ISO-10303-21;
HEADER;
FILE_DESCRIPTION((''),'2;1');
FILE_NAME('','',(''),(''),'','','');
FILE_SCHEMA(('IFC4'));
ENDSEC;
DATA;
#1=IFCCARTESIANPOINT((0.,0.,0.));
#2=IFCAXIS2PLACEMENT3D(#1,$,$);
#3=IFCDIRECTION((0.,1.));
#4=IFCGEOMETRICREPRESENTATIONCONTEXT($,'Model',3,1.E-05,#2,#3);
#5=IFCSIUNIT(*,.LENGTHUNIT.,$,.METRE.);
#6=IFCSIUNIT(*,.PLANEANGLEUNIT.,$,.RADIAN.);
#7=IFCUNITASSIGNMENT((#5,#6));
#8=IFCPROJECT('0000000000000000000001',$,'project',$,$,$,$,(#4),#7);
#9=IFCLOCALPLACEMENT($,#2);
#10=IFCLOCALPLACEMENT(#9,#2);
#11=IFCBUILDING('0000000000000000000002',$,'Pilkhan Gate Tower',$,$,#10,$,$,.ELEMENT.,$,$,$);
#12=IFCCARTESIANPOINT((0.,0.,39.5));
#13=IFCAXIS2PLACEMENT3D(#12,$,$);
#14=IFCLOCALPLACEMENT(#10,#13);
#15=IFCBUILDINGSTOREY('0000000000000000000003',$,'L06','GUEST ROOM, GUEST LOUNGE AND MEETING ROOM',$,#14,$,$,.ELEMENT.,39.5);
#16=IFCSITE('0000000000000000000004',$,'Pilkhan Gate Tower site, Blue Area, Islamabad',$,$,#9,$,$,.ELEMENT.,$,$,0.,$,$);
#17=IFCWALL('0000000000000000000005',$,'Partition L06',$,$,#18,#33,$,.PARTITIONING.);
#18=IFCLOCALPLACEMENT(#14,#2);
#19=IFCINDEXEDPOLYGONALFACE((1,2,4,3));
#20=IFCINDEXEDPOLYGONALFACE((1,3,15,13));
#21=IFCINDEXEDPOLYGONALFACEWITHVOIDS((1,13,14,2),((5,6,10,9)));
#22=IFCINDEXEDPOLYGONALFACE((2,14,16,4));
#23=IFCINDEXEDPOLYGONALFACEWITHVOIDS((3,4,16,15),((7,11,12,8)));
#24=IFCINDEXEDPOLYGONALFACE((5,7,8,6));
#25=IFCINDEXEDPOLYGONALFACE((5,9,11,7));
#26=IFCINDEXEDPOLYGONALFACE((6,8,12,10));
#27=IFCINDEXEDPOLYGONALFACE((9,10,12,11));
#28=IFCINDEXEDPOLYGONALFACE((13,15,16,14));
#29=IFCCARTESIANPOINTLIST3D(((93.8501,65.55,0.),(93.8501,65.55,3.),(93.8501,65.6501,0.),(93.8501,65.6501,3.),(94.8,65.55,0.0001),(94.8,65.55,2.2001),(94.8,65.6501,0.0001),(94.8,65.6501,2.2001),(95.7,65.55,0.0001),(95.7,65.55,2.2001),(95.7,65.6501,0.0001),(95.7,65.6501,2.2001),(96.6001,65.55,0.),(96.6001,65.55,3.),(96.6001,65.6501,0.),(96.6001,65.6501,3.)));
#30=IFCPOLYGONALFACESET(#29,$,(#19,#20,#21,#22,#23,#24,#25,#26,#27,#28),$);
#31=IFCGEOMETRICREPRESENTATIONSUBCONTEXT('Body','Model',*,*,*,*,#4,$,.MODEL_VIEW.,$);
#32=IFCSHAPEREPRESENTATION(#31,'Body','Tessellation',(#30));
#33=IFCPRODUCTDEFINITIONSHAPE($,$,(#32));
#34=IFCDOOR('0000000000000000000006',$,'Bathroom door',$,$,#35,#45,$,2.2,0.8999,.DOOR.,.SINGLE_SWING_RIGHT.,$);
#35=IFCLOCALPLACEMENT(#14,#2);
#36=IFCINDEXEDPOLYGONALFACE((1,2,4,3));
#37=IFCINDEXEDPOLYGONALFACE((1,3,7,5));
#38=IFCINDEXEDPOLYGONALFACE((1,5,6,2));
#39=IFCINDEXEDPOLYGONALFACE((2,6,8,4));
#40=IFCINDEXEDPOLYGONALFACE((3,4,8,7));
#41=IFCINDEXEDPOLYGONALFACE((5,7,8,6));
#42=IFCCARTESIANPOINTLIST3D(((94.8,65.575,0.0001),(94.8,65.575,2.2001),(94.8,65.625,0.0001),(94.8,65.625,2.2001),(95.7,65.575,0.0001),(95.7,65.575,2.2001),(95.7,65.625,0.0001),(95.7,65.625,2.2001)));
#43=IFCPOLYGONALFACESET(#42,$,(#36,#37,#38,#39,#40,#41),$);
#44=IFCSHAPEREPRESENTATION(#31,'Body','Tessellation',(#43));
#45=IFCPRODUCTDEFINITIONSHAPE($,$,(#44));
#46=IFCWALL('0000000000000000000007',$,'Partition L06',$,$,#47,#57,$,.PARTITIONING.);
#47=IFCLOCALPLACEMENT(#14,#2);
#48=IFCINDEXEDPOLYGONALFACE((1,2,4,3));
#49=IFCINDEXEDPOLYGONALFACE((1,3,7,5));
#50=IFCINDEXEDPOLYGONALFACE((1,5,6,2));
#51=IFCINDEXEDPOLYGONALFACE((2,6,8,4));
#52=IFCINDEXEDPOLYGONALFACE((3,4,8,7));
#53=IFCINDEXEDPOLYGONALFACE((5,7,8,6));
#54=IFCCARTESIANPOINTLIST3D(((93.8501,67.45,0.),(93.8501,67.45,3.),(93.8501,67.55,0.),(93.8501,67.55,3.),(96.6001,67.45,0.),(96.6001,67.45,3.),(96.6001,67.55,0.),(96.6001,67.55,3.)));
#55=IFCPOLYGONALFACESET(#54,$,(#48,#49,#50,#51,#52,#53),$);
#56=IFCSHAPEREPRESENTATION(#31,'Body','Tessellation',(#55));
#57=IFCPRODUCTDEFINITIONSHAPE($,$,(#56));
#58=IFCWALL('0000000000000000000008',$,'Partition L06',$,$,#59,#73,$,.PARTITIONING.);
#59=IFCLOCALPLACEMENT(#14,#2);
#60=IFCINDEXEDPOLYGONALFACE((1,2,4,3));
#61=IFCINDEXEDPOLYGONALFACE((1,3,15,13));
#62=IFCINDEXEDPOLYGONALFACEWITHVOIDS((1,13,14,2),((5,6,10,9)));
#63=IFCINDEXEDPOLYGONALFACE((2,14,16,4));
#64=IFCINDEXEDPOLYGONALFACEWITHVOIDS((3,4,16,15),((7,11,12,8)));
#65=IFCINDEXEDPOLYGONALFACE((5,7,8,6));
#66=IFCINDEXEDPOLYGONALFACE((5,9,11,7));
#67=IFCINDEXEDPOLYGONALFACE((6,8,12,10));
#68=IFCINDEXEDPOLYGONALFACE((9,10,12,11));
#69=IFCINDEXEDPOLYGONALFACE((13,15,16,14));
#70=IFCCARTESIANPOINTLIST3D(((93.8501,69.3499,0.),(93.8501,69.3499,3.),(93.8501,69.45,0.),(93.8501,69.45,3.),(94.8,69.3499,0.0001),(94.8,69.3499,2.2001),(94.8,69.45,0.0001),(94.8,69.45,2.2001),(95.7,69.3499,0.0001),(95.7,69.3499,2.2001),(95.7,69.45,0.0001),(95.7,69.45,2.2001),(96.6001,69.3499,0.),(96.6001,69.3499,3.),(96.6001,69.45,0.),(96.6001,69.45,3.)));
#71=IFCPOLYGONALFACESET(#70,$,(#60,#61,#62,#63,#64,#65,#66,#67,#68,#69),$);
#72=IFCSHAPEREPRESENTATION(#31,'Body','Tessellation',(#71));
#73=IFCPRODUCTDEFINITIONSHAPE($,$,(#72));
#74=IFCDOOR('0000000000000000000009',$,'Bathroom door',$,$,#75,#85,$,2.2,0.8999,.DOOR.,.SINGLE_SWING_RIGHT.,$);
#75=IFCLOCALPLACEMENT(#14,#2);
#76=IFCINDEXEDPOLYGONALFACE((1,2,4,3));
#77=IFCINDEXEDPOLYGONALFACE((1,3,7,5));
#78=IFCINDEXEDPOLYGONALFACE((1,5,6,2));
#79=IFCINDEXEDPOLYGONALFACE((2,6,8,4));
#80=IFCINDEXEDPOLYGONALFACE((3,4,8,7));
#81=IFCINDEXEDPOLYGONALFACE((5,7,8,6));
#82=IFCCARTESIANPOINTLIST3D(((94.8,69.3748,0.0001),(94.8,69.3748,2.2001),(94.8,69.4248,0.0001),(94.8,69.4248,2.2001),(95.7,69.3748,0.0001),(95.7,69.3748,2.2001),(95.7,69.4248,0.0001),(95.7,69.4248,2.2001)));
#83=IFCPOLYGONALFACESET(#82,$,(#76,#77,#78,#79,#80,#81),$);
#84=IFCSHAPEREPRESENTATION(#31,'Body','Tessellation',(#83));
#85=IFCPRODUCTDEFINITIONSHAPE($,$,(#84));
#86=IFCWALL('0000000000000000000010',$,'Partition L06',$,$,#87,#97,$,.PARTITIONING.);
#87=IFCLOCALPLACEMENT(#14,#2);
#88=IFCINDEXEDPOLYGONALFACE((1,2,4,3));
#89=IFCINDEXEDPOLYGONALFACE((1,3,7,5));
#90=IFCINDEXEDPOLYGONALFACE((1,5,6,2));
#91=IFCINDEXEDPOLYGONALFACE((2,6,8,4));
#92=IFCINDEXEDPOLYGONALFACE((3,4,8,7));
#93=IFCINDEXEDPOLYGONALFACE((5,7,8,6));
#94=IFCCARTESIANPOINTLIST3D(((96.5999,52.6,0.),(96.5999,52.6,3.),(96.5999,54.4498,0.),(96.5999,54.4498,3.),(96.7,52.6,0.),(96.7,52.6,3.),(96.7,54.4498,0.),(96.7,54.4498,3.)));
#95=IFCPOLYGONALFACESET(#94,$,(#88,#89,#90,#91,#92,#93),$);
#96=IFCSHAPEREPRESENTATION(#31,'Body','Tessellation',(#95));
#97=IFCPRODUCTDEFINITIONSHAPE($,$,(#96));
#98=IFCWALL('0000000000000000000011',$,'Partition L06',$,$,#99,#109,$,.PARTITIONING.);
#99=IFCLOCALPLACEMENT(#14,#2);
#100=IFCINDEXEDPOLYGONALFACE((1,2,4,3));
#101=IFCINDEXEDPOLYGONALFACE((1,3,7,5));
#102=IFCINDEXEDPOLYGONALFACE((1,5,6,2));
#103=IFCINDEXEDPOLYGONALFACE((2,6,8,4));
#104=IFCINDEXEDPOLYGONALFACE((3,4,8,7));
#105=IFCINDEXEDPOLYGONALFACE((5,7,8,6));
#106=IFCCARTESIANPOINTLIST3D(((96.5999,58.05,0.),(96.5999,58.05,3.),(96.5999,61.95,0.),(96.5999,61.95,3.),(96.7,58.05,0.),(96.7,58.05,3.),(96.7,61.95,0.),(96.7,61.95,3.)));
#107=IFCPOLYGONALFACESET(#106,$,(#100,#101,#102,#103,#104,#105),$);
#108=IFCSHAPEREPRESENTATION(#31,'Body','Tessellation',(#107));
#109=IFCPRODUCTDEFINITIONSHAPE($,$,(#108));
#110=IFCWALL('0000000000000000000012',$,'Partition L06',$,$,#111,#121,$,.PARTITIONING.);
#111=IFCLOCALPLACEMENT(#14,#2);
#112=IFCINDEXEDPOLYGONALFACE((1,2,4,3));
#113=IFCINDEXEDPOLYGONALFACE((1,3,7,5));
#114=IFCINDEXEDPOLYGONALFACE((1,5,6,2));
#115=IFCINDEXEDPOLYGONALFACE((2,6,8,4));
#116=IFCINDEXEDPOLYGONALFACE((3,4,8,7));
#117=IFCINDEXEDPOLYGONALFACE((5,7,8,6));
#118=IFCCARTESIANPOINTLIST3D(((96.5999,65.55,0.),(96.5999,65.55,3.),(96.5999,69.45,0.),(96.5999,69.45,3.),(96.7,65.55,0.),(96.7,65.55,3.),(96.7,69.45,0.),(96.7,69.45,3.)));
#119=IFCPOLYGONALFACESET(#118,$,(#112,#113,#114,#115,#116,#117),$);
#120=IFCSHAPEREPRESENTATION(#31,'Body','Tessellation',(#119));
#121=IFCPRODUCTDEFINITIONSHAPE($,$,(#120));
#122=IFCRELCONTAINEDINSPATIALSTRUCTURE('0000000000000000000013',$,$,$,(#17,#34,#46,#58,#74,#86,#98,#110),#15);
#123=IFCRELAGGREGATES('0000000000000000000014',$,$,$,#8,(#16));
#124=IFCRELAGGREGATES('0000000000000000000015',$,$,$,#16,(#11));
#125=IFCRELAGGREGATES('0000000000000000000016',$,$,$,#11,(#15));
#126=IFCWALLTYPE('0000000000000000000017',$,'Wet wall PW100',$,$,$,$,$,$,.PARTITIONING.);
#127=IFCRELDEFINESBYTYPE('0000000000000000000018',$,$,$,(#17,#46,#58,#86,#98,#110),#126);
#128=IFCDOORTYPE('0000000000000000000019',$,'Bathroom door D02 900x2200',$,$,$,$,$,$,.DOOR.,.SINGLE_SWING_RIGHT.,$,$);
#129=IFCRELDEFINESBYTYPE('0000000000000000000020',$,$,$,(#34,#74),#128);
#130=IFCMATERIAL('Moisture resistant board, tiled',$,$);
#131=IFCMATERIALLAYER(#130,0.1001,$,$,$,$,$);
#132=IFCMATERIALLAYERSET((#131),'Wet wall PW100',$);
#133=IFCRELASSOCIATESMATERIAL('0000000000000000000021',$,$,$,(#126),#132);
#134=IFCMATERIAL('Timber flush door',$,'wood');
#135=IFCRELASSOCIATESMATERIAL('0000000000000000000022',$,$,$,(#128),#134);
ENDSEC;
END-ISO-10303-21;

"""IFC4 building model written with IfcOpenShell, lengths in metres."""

from ifc_helpers import new_model, si_unit, direction, frame, frame_2d, origin, place, context, subcontext, project, spatial, rectangle, extrude, material, layer, layer_set, type_object, element, fill, save


model = new_model("IFC4")

# Units and contexts
model_context = context("Model", 3, precision=1e-05, world=origin(), true_north=direction((0.0, 1.0)))
body_context = subcontext(model_context, "Body", "Model", "MODEL_VIEW")
ifc_project = project(units=[si_unit("LENGTHUNIT", "METRE"), si_unit("PLANEANGLEUNIT", "RADIAN")], contexts=[model_context])

# Site, building, storey
site_placement = place(None, origin())
site = spatial("IfcSite", under=ifc_project, at=site_placement, Name="Pilkhan Gate Tower site, Blue Area, Islamabad", CompositionType="ELEMENT", RefElevation=0.0)
building_placement = place(site_placement, origin())
building = spatial("IfcBuilding", under=site, at=building_placement, Name="Pilkhan Gate Tower", CompositionType="ELEMENT")
storey_placement = place(building_placement, frame((0.0, 0.0, 39.5)))
storey = spatial("IfcBuildingStorey", under=building, at=storey_placement, Name="L06", Description="GUEST ROOM, GUEST LOUNGE AND MEETING ROOM", CompositionType="ELEMENT", Elevation=39.5)

# Shared definitions
ifc_material_1 = material(Name="Moisture resistant board, tiled")
ifc_layer_1 = layer(ifc_material_1, 0.1001)
ifc_layer_set_1 = layer_set([ifc_layer_1], Name="Wet wall PW100")
wall_type_1 = type_object("IfcWallType", Name="Wet wall PW100", PredefinedType="PARTITIONING", material=ifc_layer_set_1)

# Wall, opening, door
ifc_material_2 = material(Name="Timber flush door", Category="wood")
door_type = type_object("IfcDoorType", Name="Bathroom door D02 900x2200", OperationType="SINGLE_SWING_RIGHT", PredefinedType="DOOR", material=ifc_material_2)
wall_1_placement = place(storey_placement, frame((93.8501, 65.6001, 0.0), z_axis=(0.0, 0.0, 1.0), x_axis=(1.0, 0.0, 0.0)))
wall_1 = element("IfcWall", 1, at=wall_1_placement, inside=storey, type_object=wall_type_1, Name="Partition L06", PredefinedType="PARTITIONING", context=body_context, shape_type="SweptSolid", body=[
    extrude(rectangle(XDim=2.75, YDim=0.1001, at=frame_2d((1.375, 0.0))), origin(), (0.0, 0.0, 1.0), 3.0),
])
opening_1_placement = place(wall_1_placement, frame((0.95, 0.0, 0.0)))
opening_1 = element("IfcOpeningElement", 2, at=opening_1_placement, cuts=wall_1, PredefinedType="OPENING", context=body_context, shape_type="SweptSolid", body=[
    extrude(rectangle(XDim=0.8999, YDim=2.2, at=frame_2d((0.45, 1.1001))), frame((0.0, 0.0601, 0.0), z_axis=(0.0, -1.0, 0.0), x_axis=(1.0, 0.0, 0.0)), (0.0, 0.0, 1.0), 0.1201),
])
door_1_placement = place(opening_1_placement, origin())
door_1 = element("IfcDoor", 3, at=door_1_placement, inside=storey, type_object=door_type, Name="Bathroom door", OperationType="SINGLE_SWING_RIGHT", OverallHeight=2.2, OverallWidth=0.8999, PredefinedType="DOOR", context=body_context, shape_type="SweptSolid", body=[
    extrude(rectangle(XDim=0.8999, YDim=2.2, at=frame_2d((0.45, 1.1001))), frame((0.0, 0.0249, 0.0), z_axis=(0.0, -1.0, 0.0), x_axis=(1.0, 0.0, 0.0)), (0.0, 0.0, 1.0), 0.05),
])
fill(opening_1, door_1)

# Wall
wall_2_placement = place(storey_placement, frame((93.8501, 67.5, 0.0), z_axis=(0.0, 0.0, 1.0), x_axis=(1.0, 0.0, 0.0)))
element("IfcWall", 4, at=wall_2_placement, inside=storey, type_object=wall_type_1, Name="Partition L06", PredefinedType="PARTITIONING", context=body_context, shape_type="SweptSolid", body=[
    extrude(rectangle(XDim=2.75, YDim=0.1001, at=frame_2d((1.375, 0.0))), origin(), (0.0, 0.0, 1.0), 3.0),
])

# Wall, opening, door
wall_3_placement = place(storey_placement, frame((93.8501, 69.3999, 0.0), z_axis=(0.0, 0.0, 1.0), x_axis=(1.0, 0.0, 0.0)))
wall_3 = element("IfcWall", 5, at=wall_3_placement, inside=storey, type_object=wall_type_1, Name="Partition L06", PredefinedType="PARTITIONING", context=body_context, shape_type="SweptSolid", body=[
    extrude(rectangle(XDim=2.75, YDim=0.1001, at=frame_2d((1.375, 0.0))), origin(), (0.0, 0.0, 1.0), 3.0),
])
opening_2_placement = place(wall_3_placement, frame((0.95, 0.0, 0.0)))
opening_2 = element("IfcOpeningElement", 6, at=opening_2_placement, cuts=wall_3, PredefinedType="OPENING", context=body_context, shape_type="SweptSolid", body=[
    extrude(rectangle(XDim=0.8999, YDim=2.2, at=frame_2d((0.45, 1.1001))), frame((0.0, 0.0601, 0.0), z_axis=(0.0, -1.0, 0.0), x_axis=(1.0, 0.0, 0.0)), (0.0, 0.0, 1.0), 0.1201),
])
door_2_placement = place(opening_2_placement, origin())
door_2 = element("IfcDoor", 7, at=door_2_placement, inside=storey, type_object=door_type, Name="Bathroom door", OperationType="SINGLE_SWING_RIGHT", OverallHeight=2.2, OverallWidth=0.8999, PredefinedType="DOOR", context=body_context, shape_type="SweptSolid", body=[
    extrude(rectangle(XDim=0.8999, YDim=2.2, at=frame_2d((0.45, 1.1001))), frame((0.0, 0.0249, 0.0), z_axis=(0.0, -1.0, 0.0), x_axis=(1.0, 0.0, 0.0)), (0.0, 0.0, 1.0), 0.05),
])
fill(opening_2, door_2)

# Walls
wall_4_placement = place(storey_placement, frame((96.6499, 52.6001, 0.0), z_axis=(0.0, 0.0, 1.0), x_axis=(0.0, 1.0, 0.0)))
element("IfcWall", 8, at=wall_4_placement, inside=storey, type_object=wall_type_1, Name="Partition L06", PredefinedType="PARTITIONING", context=body_context, shape_type="SweptSolid", body=[
    extrude(rectangle(XDim=1.8499, YDim=0.1001, at=frame_2d((0.9248, 0.0))), origin(), (0.0, 0.0, 1.0), 3.0),
])
for number, where, z_axis, x_axis, name in (
    (9, (96.6499, 58.05, 0.0), (0.0, 0.0, 1.0), (0.0, 1.0, 0.0), "Partition L06"),
    (10, (96.6499, 65.55, 0.0), (0.0, 0.0, 1.0), (0.0, 1.0, 0.0), "Partition L06"),
):
    element("IfcWall", number, at=place(storey_placement, frame(where, z_axis=z_axis, x_axis=x_axis)), inside=storey, type_object=wall_type_1, Name=name, PredefinedType="PARTITIONING", context=body_context, shape_type="SweptSolid", body=[
        extrude(rectangle(XDim=3.8999, YDim=0.1001, at=frame_2d((1.95, 0.0))), origin(), (0.0, 0.0, 1.0), 3.0),
    ])

save(model, "model.ifc")
